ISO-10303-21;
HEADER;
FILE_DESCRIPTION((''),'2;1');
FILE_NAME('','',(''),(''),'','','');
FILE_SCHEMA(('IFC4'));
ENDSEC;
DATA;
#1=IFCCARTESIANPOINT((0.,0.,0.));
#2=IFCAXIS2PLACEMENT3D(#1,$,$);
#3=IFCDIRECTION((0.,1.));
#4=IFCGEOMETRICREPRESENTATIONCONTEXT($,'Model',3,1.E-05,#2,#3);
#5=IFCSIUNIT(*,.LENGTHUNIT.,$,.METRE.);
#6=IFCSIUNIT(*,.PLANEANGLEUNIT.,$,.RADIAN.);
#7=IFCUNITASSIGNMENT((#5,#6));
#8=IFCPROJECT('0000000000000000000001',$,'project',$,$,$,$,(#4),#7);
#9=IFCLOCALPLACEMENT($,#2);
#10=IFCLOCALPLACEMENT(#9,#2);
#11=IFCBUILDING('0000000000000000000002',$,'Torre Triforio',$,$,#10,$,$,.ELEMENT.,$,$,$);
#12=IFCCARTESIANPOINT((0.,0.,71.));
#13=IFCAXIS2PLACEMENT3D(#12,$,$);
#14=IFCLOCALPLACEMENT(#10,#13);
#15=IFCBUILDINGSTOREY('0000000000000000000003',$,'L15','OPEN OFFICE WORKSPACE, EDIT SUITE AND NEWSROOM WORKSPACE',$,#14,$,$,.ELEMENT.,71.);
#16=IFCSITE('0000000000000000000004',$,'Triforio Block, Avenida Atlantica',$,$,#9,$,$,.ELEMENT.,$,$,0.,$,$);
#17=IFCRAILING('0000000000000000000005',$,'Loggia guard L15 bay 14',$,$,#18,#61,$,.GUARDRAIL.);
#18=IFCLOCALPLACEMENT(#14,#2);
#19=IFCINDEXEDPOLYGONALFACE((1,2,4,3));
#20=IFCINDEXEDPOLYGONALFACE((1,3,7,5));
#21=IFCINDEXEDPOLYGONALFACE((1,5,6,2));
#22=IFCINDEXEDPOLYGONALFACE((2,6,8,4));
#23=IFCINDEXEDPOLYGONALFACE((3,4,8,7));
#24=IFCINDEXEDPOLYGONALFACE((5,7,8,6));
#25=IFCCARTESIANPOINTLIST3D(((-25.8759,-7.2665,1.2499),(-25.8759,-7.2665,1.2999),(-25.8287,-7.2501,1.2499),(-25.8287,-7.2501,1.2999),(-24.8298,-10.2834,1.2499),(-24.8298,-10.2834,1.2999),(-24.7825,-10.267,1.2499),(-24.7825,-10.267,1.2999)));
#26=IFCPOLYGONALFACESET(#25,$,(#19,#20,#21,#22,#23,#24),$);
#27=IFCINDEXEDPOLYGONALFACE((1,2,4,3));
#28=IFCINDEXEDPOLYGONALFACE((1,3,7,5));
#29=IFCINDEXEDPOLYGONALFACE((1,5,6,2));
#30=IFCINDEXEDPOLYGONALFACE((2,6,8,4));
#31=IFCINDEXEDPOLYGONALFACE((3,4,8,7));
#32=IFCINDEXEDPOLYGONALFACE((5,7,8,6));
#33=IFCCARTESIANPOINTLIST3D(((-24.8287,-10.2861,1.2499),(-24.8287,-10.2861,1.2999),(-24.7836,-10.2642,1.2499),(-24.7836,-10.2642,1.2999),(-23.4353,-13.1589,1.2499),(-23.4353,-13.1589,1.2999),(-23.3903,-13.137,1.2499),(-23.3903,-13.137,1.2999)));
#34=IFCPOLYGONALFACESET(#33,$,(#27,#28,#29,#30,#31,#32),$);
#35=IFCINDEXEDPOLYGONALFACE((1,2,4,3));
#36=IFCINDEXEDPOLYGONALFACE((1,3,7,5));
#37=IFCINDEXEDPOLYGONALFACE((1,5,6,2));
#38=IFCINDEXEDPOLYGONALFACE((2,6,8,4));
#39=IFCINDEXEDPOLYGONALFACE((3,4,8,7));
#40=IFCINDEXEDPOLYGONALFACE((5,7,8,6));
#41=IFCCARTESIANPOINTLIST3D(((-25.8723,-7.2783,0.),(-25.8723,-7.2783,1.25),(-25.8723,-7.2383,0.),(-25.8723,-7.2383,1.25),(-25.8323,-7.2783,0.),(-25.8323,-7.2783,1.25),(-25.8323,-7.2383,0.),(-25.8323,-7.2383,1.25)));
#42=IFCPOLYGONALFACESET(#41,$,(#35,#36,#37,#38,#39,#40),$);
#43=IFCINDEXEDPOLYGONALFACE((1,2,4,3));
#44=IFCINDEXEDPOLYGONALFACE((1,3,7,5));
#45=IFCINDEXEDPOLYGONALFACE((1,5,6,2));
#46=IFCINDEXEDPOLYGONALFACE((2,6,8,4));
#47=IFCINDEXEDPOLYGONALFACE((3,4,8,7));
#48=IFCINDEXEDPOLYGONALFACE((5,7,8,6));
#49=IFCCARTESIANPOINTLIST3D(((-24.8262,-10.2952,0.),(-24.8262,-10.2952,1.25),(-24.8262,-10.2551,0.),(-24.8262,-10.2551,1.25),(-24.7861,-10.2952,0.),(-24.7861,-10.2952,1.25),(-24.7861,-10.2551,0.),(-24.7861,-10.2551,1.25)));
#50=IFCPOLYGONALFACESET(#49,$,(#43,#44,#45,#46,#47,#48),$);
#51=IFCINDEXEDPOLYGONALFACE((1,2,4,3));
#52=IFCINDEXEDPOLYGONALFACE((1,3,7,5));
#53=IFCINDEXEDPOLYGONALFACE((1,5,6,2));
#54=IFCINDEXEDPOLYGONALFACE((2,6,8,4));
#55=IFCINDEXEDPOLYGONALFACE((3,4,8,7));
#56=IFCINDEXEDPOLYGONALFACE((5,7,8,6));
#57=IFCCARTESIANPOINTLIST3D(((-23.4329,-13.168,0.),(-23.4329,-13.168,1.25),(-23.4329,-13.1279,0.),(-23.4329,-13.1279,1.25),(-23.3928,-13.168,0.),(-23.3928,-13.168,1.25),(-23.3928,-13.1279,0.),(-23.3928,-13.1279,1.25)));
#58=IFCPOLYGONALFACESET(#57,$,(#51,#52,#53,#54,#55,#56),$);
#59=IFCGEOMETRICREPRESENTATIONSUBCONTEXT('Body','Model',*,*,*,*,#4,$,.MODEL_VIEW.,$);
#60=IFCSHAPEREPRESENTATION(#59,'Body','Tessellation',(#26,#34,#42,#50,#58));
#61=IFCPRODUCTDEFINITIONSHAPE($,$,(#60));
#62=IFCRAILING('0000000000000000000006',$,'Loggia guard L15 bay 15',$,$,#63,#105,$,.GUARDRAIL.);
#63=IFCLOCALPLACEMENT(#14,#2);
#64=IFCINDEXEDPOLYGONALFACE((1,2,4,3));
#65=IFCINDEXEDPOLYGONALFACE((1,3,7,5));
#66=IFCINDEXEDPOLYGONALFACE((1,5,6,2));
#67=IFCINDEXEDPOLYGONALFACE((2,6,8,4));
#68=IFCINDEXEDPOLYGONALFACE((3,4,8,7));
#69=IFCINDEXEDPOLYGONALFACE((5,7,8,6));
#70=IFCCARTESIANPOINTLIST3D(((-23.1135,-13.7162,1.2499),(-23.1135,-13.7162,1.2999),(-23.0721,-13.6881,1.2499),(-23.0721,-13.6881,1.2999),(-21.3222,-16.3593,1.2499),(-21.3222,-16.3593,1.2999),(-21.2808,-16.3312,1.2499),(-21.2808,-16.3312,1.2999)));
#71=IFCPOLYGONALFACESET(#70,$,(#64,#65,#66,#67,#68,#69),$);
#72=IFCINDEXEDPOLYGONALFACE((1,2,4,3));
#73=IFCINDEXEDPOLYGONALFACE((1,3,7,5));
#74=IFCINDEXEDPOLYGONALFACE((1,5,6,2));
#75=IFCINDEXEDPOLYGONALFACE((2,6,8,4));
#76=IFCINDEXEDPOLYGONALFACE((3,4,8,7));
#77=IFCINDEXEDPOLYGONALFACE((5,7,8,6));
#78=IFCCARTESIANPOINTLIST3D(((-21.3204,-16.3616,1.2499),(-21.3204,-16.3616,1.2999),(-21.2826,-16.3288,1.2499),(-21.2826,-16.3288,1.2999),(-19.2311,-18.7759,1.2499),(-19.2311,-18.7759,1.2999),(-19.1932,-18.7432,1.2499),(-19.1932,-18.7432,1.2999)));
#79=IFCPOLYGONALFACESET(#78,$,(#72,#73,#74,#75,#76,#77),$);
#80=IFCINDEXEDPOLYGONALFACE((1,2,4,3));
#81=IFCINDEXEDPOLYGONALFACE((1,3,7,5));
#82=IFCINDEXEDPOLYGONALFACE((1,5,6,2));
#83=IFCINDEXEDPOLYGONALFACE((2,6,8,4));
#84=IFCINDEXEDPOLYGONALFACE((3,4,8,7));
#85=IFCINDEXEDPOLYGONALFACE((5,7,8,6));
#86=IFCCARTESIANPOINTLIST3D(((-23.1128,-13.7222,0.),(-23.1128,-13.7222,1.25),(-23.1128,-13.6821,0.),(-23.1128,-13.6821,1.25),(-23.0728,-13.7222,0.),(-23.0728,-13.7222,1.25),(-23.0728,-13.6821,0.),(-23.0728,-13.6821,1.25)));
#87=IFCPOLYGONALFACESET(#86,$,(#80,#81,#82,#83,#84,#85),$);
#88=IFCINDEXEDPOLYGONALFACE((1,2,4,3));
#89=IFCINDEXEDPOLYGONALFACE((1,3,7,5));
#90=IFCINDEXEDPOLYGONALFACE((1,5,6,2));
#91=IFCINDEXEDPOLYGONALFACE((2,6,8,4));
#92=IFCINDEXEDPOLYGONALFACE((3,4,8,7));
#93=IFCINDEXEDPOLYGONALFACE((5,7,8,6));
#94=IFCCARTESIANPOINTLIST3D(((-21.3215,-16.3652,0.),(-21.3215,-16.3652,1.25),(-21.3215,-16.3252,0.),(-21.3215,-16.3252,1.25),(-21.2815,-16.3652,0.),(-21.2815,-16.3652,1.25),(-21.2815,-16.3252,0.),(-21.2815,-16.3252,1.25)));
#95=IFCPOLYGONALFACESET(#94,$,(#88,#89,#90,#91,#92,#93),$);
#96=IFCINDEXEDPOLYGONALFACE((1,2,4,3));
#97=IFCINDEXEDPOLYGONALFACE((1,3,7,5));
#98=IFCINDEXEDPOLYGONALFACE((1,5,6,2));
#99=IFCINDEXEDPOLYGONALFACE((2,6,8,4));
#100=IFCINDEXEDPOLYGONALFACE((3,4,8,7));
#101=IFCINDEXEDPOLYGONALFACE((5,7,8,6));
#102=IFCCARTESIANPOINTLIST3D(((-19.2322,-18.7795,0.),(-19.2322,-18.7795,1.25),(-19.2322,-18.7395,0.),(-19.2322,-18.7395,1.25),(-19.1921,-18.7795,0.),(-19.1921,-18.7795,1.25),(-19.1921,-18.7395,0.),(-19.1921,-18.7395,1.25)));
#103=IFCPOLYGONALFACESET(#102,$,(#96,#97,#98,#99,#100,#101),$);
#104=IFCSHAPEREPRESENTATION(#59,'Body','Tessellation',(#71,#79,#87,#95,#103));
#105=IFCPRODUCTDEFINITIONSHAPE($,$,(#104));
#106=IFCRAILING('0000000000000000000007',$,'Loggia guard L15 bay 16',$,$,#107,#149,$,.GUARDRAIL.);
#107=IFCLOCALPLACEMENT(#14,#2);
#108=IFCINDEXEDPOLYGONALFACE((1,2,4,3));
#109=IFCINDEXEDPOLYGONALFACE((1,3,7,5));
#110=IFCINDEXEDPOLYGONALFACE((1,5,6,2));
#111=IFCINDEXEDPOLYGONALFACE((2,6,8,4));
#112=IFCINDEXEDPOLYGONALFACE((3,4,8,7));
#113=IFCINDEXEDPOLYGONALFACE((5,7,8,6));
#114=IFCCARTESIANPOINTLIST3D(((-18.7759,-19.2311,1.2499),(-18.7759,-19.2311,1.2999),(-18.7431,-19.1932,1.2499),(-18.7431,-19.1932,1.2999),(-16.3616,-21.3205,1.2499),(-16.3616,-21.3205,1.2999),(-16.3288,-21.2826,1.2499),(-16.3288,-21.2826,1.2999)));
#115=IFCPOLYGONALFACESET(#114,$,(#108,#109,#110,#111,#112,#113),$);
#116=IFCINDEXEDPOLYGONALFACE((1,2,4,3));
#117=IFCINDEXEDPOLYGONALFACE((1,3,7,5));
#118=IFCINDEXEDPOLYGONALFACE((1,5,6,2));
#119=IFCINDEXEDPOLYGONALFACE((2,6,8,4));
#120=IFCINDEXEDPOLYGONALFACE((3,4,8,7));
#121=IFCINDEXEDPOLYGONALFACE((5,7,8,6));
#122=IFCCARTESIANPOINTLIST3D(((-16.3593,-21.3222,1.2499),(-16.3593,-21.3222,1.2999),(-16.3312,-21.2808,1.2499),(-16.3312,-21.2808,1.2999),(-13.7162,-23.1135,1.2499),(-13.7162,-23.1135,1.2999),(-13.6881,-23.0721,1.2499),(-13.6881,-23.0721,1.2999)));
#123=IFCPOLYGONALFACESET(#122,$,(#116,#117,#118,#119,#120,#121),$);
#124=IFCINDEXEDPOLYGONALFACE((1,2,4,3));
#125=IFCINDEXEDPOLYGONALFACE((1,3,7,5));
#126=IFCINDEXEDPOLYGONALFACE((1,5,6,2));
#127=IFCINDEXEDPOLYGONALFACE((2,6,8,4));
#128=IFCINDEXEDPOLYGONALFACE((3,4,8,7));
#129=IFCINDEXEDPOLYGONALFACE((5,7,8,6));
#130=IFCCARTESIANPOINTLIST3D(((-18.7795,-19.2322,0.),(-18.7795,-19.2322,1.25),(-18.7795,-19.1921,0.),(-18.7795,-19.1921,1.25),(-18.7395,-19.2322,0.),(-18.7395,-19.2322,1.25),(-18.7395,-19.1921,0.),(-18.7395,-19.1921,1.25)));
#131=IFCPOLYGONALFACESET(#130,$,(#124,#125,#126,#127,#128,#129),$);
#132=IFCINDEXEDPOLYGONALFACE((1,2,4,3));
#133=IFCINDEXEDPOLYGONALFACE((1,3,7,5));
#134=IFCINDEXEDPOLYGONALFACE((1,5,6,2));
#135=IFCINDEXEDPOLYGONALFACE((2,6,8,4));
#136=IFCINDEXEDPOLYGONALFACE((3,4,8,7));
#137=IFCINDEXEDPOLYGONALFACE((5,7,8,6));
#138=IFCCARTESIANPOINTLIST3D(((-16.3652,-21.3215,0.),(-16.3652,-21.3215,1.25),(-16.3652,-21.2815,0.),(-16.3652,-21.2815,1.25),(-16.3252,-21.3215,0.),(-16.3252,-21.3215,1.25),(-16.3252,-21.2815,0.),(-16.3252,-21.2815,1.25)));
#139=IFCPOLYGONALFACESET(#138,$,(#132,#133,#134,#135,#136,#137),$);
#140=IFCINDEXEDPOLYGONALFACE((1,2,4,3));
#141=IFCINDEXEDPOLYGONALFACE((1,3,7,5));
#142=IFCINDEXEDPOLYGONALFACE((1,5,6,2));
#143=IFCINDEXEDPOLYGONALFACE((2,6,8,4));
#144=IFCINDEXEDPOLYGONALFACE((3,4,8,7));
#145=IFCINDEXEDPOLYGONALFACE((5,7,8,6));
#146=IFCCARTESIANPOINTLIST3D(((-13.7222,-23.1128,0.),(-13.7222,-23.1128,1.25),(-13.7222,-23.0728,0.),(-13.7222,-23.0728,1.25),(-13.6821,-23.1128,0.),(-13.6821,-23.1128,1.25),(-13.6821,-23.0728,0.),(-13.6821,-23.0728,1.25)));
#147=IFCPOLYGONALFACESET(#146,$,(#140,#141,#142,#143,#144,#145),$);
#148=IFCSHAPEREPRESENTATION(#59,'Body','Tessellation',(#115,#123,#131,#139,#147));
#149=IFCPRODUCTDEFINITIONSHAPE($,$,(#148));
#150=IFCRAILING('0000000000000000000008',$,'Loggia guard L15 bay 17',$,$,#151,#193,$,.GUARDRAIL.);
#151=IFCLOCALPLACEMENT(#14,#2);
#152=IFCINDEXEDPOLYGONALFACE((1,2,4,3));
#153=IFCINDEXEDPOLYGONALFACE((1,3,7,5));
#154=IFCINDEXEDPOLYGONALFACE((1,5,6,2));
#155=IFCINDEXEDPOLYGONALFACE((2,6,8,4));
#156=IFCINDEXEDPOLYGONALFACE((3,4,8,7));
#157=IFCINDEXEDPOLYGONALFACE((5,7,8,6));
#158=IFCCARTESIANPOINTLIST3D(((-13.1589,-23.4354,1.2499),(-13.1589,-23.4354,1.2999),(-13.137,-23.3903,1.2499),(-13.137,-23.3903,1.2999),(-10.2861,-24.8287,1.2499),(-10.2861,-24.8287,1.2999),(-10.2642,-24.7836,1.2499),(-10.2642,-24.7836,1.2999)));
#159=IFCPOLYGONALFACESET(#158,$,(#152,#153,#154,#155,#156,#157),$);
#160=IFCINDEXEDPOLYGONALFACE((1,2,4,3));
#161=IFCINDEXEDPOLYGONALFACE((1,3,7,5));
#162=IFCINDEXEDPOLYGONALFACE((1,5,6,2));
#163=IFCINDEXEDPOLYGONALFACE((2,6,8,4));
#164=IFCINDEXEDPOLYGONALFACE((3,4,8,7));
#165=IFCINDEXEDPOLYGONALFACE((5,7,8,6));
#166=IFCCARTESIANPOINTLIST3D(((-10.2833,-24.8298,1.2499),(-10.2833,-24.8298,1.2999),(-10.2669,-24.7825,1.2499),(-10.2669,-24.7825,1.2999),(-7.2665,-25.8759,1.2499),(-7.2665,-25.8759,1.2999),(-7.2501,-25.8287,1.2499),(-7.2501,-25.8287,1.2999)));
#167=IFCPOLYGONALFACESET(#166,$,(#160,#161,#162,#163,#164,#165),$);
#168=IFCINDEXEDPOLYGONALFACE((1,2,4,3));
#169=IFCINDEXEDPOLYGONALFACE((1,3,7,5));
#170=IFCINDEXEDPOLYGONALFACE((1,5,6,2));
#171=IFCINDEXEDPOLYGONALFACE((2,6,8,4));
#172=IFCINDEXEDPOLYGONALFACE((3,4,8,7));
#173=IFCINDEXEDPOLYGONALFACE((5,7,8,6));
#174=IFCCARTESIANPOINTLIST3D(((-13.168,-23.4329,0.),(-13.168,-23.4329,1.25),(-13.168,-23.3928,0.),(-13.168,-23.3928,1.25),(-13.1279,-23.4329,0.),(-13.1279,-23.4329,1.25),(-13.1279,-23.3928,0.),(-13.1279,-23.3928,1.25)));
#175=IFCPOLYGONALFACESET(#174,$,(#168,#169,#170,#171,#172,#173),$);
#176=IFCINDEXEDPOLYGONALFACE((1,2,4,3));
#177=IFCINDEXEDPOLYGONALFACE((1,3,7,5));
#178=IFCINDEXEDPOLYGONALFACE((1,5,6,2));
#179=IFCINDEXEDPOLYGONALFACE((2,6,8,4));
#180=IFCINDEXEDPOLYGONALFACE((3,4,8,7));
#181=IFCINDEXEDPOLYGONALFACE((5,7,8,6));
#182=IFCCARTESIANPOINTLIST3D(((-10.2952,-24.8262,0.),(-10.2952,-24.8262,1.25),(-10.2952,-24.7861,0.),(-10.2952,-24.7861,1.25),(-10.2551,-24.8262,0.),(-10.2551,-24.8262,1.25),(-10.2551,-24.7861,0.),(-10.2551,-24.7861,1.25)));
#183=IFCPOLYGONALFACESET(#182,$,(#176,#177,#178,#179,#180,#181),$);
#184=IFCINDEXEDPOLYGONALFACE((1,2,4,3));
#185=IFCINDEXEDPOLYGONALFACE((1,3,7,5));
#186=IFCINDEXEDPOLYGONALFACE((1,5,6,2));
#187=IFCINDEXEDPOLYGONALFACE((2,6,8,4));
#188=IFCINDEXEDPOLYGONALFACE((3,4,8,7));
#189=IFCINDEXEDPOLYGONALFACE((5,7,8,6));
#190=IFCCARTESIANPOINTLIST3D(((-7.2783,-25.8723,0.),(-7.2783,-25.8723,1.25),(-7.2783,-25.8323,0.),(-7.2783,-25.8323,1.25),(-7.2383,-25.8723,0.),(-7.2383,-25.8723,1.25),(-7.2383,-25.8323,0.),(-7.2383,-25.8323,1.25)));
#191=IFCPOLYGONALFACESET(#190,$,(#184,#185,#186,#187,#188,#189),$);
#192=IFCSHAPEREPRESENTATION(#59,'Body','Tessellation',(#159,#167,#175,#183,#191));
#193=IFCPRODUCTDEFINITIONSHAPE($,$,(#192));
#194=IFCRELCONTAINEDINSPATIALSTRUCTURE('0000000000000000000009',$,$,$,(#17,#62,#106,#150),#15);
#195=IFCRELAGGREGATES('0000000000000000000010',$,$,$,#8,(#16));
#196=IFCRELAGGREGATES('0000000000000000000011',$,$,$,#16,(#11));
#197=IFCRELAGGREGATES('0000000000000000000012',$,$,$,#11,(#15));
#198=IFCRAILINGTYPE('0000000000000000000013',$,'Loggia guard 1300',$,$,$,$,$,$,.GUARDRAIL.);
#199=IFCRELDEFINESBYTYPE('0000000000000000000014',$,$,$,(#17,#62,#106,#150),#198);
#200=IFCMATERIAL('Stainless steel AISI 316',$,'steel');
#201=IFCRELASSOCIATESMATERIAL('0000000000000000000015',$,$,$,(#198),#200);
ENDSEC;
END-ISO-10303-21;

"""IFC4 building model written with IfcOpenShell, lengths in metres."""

from ifc_helpers import new_model, si_unit, direction, frame, origin, origin_2d, place, context, subcontext, project, spatial, rectangle, extrude, material, type_object, element, save


model = new_model("IFC4")

# Units and contexts
model_context = context("Model", 3, precision=1e-05, world=origin(), true_north=direction((0.0, 1.0)))
body_context = subcontext(model_context, "Body", "Model", "MODEL_VIEW")
ifc_project = project(units=[si_unit("LENGTHUNIT", "METRE"), si_unit("PLANEANGLEUNIT", "RADIAN")], contexts=[model_context])

# Site, building, storey
site_placement = place(None, origin())
site = spatial("IfcSite", under=ifc_project, at=site_placement, Name="Triforio Block, Avenida Atlantica", CompositionType="ELEMENT", RefElevation=0.0)
building_placement = place(site_placement, origin())
building = spatial("IfcBuilding", under=site, at=building_placement, Name="Torre Triforio", CompositionType="ELEMENT")
storey_placement = place(building_placement, frame((0.0, 0.0, 71.0)))
storey = spatial("IfcBuildingStorey", under=building, at=storey_placement, Name="L15", Description="OPEN OFFICE WORKSPACE, EDIT SUITE AND NEWSROOM WORKSPACE", CompositionType="ELEMENT", Elevation=71.0)

# Railings
ifc_material_1 = material(Name="Stainless steel AISI 316", Category="steel")
railing_type = type_object("IfcRailingType", Name="Loggia guard 1300", PredefinedType="GUARDRAIL", material=ifc_material_1)
railing_1_placement = place(storey_placement, frame((-25.8523, -7.2583, 0.0)))
element("IfcRailing", 1, at=railing_1_placement, inside=storey, type_object=railing_type, Name="Loggia guard L15 bay 14", PredefinedType="GUARDRAIL", context=body_context, shape_type="SweptSolid", body=[
    extrude(rectangle(XDim=0.05, YDim=0.05, at=origin_2d()), frame((0.0, 0.0, 1.2749), z_axis=(0.327628, -0.944807, 0.0), x_axis=(0.944807, 0.327628, 0.0)), (0.0, 0.0, 1.0), 3.1931),
    extrude(rectangle(XDim=0.05, YDim=0.05, at=origin_2d()), frame((1.0461, -3.0168, 1.2749), z_axis=(0.436384, -0.89976, 0.0), x_axis=(0.89976, 0.436384, 0.0)), (0.0, 0.0, 1.0), 3.1929),
    extrude(rectangle(XDim=0.04, YDim=0.04, at=origin_2d()), origin(), (0.0, 0.0, 1.0), 1.25),
    extrude(rectangle(XDim=0.04, YDim=0.04, at=origin_2d()), frame((1.0461, -3.0168, 0.0)), (0.0, 0.0, 1.0), 1.25),
    extrude(rectangle(XDim=0.04, YDim=0.04, at=origin_2d()), frame((2.4395, -5.8896, 0.0)), (0.0, 0.0, 1.0), 1.25),
])
railing_2_placement = place(storey_placement, frame((-23.0928, -13.7021, 0.0)))
element("IfcRailing", 2, at=railing_2_placement, inside=storey, type_object=railing_type, Name="Loggia guard L15 bay 15", PredefinedType="GUARDRAIL", context=body_context, shape_type="SweptSolid", body=[
    extrude(rectangle(XDim=0.05, YDim=0.05, at=origin_2d()), frame((0.0, 0.0, 1.2749), z_axis=(0.561019, -0.827803, 0.0), x_axis=(0.827803, 0.561019, 0.0)), (0.0, 0.0, 1.0), 3.1929),
    extrude(rectangle(XDim=0.05, YDim=0.05, at=origin_2d()), frame((1.7913, -2.6431, 1.2749), z_axis=(0.654386, -0.756161, 0.0), x_axis=(0.756161, 0.654386, 0.0)), (0.0, 0.0, 1.0), 3.1929),
    extrude(rectangle(XDim=0.04, YDim=0.04, at=origin_2d()), origin(), (0.0, 0.0, 1.0), 1.25),
    extrude(rectangle(XDim=0.04, YDim=0.04, at=origin_2d()), frame((1.7913, -2.6431, 0.0)), (0.0, 0.0, 1.0), 1.25),
    extrude(rectangle(XDim=0.04, YDim=0.04, at=origin_2d()), frame((3.8806, -5.0574, 0.0)), (0.0, 0.0, 1.0), 1.25),
])
railing_3_placement = place(storey_placement, frame((-18.7595, -19.2122, 0.0)))
element("IfcRailing", 3, at=railing_3_placement, inside=storey, type_object=railing_type, Name="Loggia guard L15 bay 16", PredefinedType="GUARDRAIL", context=body_context, shape_type="SweptSolid", body=[
    extrude(rectangle(XDim=0.05, YDim=0.05, at=origin_2d()), frame((0.0, 0.0, 1.2749), z_axis=(0.756161, -0.654386, 0.0), x_axis=(0.654386, 0.756161, 0.0)), (0.0, 0.0, 1.0), 3.1929),
    extrude(rectangle(XDim=0.05, YDim=0.05, at=origin_2d()), frame((2.4143, -2.0894, 1.2749), z_axis=(0.827803, -0.561019, 0.0), x_axis=(0.561019, 0.827803, 0.0)), (0.0, 0.0, 1.0), 3.1929),
    extrude(rectangle(XDim=0.04, YDim=0.04, at=origin_2d()), origin(), (0.0, 0.0, 1.0), 1.25),
    extrude(rectangle(XDim=0.04, YDim=0.04, at=origin_2d()), frame((2.4143, -2.0894, 0.0)), (0.0, 0.0, 1.0), 1.25),
    extrude(rectangle(XDim=0.04, YDim=0.04, at=origin_2d()), frame((5.0574, -3.8806, 0.0)), (0.0, 0.0, 1.0), 1.25),
])
railing_4_placement = place(storey_placement, frame((-13.1479, -23.4128, 0.0)))
element("IfcRailing", 4, at=railing_4_placement, inside=storey, type_object=railing_type, Name="Loggia guard L15 bay 17", PredefinedType="GUARDRAIL", context=body_context, shape_type="SweptSolid", body=[
    extrude(rectangle(XDim=0.05, YDim=0.05, at=origin_2d()), frame((0.0, 0.0, 1.2749), z_axis=(0.89976, -0.436384, 0.0), x_axis=(0.436384, 0.89976, 0.0)), (0.0, 0.0, 1.0), 3.1929),
    extrude(rectangle(XDim=0.05, YDim=0.05, at=origin_2d()), frame((2.8728, -1.3933, 1.2749), z_axis=(0.944807, -0.327628, 0.0), x_axis=(0.327628, 0.944807, 0.0)), (0.0, 0.0, 1.0), 3.1931),
    extrude(rectangle(XDim=0.04, YDim=0.04, at=origin_2d()), origin(), (0.0, 0.0, 1.0), 1.25),
    extrude(rectangle(XDim=0.04, YDim=0.04, at=origin_2d()), frame((2.8728, -1.3933, 0.0)), (0.0, 0.0, 1.0), 1.25),
    extrude(rectangle(XDim=0.04, YDim=0.04, at=origin_2d()), frame((5.8896, -2.4395, 0.0)), (0.0, 0.0, 1.0), 1.25),
])

save(model, "model.ifc")
